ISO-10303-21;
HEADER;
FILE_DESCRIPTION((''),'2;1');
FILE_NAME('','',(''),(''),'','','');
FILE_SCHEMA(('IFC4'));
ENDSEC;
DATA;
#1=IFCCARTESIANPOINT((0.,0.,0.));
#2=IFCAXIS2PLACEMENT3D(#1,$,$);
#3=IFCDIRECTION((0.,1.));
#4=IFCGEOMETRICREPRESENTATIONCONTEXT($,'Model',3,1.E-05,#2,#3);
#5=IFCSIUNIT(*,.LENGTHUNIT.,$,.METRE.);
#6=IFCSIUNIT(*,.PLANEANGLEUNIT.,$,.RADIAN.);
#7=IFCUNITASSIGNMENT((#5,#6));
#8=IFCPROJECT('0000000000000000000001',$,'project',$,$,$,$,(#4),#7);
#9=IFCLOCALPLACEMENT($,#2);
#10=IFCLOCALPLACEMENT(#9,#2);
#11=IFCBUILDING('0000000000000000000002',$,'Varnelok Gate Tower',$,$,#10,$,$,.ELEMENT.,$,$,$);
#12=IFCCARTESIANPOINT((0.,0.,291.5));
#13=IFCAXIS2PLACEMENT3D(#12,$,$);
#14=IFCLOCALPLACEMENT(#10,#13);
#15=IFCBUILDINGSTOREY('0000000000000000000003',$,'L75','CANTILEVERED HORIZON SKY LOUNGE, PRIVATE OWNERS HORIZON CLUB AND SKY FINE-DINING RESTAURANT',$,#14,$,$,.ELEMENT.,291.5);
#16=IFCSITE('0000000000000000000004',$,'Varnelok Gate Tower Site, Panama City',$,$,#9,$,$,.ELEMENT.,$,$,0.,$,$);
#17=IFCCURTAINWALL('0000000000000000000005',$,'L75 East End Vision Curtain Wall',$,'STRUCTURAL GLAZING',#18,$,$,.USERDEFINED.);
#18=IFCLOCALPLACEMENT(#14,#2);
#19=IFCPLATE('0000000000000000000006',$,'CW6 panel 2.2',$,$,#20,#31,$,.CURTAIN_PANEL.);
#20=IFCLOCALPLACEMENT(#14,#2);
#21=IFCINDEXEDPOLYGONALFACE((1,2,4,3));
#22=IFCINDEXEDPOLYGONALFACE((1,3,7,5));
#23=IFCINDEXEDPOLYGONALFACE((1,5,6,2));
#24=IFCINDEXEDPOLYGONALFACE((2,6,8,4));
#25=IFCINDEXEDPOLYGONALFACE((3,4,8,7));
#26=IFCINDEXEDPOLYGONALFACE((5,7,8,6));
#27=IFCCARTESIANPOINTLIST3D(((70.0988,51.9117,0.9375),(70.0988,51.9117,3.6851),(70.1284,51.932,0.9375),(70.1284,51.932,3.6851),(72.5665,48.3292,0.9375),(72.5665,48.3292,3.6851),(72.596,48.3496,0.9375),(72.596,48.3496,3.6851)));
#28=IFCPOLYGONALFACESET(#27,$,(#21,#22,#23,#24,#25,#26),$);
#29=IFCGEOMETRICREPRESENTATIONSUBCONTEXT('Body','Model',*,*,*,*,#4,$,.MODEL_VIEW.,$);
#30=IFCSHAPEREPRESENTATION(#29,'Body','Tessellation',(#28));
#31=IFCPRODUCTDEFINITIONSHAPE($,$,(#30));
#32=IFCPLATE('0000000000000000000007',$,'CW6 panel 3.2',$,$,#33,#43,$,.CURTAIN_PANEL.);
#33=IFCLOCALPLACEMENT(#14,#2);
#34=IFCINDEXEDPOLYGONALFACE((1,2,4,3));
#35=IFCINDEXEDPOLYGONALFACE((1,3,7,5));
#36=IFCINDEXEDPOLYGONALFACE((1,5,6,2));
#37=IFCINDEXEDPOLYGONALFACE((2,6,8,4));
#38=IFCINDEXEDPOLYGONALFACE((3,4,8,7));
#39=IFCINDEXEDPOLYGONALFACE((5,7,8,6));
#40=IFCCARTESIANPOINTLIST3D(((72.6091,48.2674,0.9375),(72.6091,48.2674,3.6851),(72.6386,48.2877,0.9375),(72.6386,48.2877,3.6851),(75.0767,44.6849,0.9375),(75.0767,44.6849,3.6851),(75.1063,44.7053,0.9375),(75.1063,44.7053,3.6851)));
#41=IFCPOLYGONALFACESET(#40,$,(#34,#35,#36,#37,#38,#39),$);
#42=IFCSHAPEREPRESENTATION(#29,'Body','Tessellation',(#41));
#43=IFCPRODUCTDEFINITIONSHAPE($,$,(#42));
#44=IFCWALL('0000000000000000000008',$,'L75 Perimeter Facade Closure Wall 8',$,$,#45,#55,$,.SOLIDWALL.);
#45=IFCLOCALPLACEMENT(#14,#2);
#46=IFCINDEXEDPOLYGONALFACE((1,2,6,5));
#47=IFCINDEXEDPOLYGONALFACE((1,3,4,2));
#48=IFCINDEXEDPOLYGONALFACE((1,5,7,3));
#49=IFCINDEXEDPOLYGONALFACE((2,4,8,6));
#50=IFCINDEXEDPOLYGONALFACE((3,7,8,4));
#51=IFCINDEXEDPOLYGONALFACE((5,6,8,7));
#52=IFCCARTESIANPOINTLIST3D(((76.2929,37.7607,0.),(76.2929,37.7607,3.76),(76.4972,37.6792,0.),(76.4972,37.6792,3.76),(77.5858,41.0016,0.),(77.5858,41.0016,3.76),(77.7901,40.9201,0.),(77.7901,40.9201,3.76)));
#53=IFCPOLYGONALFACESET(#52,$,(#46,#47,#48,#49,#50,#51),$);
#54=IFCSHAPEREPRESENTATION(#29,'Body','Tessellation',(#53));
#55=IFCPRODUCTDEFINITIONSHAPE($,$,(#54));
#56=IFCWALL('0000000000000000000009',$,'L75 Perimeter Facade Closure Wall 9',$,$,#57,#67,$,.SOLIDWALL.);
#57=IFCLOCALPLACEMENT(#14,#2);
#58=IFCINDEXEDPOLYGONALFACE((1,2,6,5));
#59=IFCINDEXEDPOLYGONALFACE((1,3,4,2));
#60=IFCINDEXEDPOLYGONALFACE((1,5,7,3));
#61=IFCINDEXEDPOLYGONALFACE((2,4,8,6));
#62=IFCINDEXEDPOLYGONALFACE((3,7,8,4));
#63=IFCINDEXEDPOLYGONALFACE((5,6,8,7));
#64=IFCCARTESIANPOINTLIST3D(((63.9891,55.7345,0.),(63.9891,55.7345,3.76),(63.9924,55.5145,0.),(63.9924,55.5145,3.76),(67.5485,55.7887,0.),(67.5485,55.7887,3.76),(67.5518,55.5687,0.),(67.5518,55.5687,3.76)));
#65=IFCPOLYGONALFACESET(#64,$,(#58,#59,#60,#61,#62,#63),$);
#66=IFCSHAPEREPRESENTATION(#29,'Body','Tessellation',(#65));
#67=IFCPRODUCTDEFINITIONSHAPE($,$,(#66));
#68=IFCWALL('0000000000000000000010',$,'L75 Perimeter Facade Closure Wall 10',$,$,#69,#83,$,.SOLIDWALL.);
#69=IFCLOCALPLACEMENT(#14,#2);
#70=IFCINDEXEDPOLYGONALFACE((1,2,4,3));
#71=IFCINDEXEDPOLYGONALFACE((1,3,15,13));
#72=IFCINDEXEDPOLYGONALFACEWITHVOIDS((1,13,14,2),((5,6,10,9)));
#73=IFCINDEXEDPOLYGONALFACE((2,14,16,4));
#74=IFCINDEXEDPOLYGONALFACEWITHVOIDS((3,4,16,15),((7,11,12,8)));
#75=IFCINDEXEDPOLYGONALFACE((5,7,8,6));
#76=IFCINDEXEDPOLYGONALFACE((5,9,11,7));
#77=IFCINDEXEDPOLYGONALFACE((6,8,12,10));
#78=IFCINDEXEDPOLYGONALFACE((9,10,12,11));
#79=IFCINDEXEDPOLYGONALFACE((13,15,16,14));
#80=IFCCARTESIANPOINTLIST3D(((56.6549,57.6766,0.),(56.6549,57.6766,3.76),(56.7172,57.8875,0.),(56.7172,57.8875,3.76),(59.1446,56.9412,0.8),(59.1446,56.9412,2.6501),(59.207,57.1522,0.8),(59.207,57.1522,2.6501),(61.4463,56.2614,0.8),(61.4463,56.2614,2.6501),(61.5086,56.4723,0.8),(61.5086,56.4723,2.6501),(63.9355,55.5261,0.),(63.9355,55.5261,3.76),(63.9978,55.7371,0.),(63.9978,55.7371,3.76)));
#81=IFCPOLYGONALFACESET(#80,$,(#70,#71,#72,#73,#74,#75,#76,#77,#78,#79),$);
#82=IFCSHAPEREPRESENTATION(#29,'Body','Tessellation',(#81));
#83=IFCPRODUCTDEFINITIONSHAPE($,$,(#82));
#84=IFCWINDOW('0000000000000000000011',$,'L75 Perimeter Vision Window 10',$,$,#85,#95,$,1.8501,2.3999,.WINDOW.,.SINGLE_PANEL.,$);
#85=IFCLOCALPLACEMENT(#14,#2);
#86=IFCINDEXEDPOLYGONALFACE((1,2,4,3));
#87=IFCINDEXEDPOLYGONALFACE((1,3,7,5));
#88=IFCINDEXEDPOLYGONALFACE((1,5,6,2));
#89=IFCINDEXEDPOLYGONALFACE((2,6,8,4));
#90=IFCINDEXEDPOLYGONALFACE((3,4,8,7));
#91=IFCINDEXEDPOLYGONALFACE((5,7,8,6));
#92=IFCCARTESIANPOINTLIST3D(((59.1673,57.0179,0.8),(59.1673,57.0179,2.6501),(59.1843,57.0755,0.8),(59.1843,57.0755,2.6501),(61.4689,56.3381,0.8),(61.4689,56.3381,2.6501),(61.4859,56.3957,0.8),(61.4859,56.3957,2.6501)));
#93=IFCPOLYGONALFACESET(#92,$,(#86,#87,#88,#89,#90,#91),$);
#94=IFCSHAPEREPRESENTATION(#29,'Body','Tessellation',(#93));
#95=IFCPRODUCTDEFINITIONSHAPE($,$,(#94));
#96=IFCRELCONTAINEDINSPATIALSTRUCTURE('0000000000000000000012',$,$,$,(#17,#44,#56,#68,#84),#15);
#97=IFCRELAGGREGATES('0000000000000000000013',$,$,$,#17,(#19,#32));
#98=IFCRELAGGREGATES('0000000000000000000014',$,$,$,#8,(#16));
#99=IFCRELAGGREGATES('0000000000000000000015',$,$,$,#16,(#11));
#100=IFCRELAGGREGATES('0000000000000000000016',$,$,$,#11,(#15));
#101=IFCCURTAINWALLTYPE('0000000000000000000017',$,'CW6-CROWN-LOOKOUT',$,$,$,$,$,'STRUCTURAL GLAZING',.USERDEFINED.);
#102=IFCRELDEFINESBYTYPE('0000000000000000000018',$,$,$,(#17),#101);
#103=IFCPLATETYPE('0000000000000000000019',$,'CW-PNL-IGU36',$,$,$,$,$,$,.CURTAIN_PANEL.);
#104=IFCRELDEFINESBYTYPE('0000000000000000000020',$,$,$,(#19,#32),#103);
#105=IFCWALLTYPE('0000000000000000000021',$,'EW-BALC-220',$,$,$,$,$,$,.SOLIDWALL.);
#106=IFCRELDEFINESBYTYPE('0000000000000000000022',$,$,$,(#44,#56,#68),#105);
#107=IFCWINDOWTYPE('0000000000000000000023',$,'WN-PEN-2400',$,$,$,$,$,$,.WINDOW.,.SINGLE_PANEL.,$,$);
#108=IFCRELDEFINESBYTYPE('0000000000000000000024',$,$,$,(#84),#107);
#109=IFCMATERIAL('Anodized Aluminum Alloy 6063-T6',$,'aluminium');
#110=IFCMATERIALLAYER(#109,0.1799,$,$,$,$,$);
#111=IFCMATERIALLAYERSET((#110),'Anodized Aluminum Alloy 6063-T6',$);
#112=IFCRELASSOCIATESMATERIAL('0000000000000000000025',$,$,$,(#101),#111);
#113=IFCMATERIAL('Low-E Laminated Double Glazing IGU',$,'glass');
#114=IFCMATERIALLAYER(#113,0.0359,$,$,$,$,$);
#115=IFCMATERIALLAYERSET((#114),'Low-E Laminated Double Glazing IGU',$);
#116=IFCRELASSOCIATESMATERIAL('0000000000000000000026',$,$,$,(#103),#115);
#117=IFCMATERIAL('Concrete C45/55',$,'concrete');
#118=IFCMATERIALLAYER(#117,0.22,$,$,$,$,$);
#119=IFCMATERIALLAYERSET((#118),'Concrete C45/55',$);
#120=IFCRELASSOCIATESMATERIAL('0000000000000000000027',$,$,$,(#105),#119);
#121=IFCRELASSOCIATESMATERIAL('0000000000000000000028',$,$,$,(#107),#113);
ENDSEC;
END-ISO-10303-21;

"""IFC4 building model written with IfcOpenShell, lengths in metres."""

from ifc_helpers import new_model, si_unit, direction, frame, frame_2d, origin, origin_2d, place, context, subcontext, project, spatial, rectangle, extrude, source, transform, mapped, material, layer, layer_set, type_object, element, fill, aggregate, save


model = new_model("IFC4")

# Units and contexts
model_context = context("Model", 3, precision=1e-05, world=origin(), true_north=direction((0.0, 1.0)))
body_context = subcontext(model_context, "Body", "Model", "MODEL_VIEW")
ifc_project = project(units=[si_unit("LENGTHUNIT", "METRE"), si_unit("PLANEANGLEUNIT", "RADIAN")], contexts=[model_context])

# Site, building, storey
site_placement = place(None, origin())
site = spatial("IfcSite", under=ifc_project, at=site_placement, Name="Varnelok Gate Tower Site, Panama City", CompositionType="ELEMENT", RefElevation=0.0)
building_placement = place(site_placement, origin())
building = spatial("IfcBuilding", under=site, at=building_placement, Name="Varnelok Gate Tower", CompositionType="ELEMENT")
storey_placement = place(building_placement, frame((0.0, 0.0, 291.5)))
storey = spatial("IfcBuildingStorey", under=building, at=storey_placement, Name="L75", Description="CANTILEVERED HORIZON SKY LOUNGE, PRIVATE OWNERS HORIZON CLUB AND SKY FINE-DINING RESTAURANT", CompositionType="ELEMENT", Elevation=291.5)

# Curtain wall, plates
ifc_material_1 = material(Name="Anodized Aluminum Alloy 6063-T6", Category="aluminium")
ifc_layer_1 = layer(ifc_material_1, 0.1799)
ifc_layer_set_1 = layer_set([ifc_layer_1], Name="Anodized Aluminum Alloy 6063-T6")
curtain_wall_type = type_object("IfcCurtainWallType", Name="CW6-CROWN-LOOKOUT", ElementType="STRUCTURAL GLAZING", PredefinedType="USERDEFINED", material=ifc_layer_set_1)
curtain_wall_placement = place(storey_placement, origin())
curtain_wall = element("IfcCurtainWall", 1, at=curtain_wall_placement, inside=storey, type_object=curtain_wall_type, Name="L75 East End Vision Curtain Wall", ObjectType="STRUCTURAL GLAZING", PredefinedType="USERDEFINED")
ifc_material_2 = material(Name="Low-E Laminated Double Glazing IGU", Category="glass")
ifc_layer_2 = layer(ifc_material_2, 0.0359)
ifc_layer_set_2 = layer_set([ifc_layer_2], Name="Low-E Laminated Double Glazing IGU")
plate_type = type_object("IfcPlateType", Name="CW-PNL-IGU36", PredefinedType="CURTAIN_PANEL", material=ifc_layer_set_2)
shared_shape_1 = source(origin(), body_context, "Body", "SweptSolid", [
    extrude(rectangle(XDim=4.3501, YDim=0.0359, at=origin_2d()), origin(), (0.0, 0.0, 1.0), 2.7476),
])
plate_1_placement = place(storey_placement, frame((71.3474, 50.1306, 0.9375), z_axis=(0.0, 0.0, 1.0), x_axis=(0.567267, -0.823534, 0.0)))
plate_1 = element("IfcPlate", 2, at=plate_1_placement, type_object=plate_type, Name="CW6 panel 2.2", PredefinedType="CURTAIN_PANEL", context=body_context, shape_type="MappedRepresentation", body=[
    mapped(shared_shape_1, transform((0.0, 0.0, 0.0), scale=1.0)),
])
plate_2_placement = place(storey_placement, frame((73.8577, 46.4863, 0.9375), z_axis=(0.0, 0.0, 1.0), x_axis=(0.567267, -0.823534, 0.0)))
plate_2 = element("IfcPlate", 3, at=plate_2_placement, type_object=plate_type, Name="CW6 panel 3.2", PredefinedType="CURTAIN_PANEL", context=body_context, shape_type="MappedRepresentation", body=[
    mapped(shared_shape_1, transform((0.0, 0.0, 0.0), scale=1.0)),
])
aggregate(curtain_wall, [plate_1, plate_2])

# Walls
ifc_material_3 = material(Name="Concrete C45/55", Category="concrete")
ifc_layer_3 = layer(ifc_material_3, 0.22)
ifc_layer_set_3 = layer_set([ifc_layer_3], Name="Concrete C45/55")
wall_type = type_object("IfcWallType", Name="EW-BALC-220", PredefinedType="SOLIDWALL", material=ifc_layer_set_3)
wall_1_placement = place(storey_placement, frame((76.395, 37.72, 0.0), z_axis=(0.0, 0.0, 1.0), x_axis=(0.370546, 0.928814, 0.0)))
element("IfcWall", 4, at=wall_1_placement, inside=storey, type_object=wall_type, Name="L75 Perimeter Facade Closure Wall 8", PredefinedType="SOLIDWALL", context=body_context, shape_type="SweptSolid", body=[
    extrude(rectangle(XDim=3.4893, YDim=0.22, at=frame_2d((1.7446, 0.0))), origin(), (0.0, 0.0, 1.0), 3.76),
])
wall_2_placement = place(storey_placement, frame((67.55, 55.6787, 0.0), z_axis=(0.0, 0.0, 1.0), x_axis=(-0.999884, -0.015226, 0.0)))
element("IfcWall", 5, at=wall_2_placement, inside=storey, type_object=wall_type, Name="L75 Perimeter Facade Closure Wall 9", PredefinedType="SOLIDWALL", context=body_context, shape_type="SweptSolid", body=[
    extrude(rectangle(XDim=3.5598, YDim=0.22, at=frame_2d((1.7798, 0.0))), origin(), (0.0, 0.0, 1.0), 3.76),
])

# Wall, opening, window
wall_3_placement = place(storey_placement, frame((63.9668, 55.6316, 0.0), z_axis=(0.0, 0.0, 1.0), x_axis=(-0.959042, 0.283265, 0.0)))
wall_3 = element("IfcWall", 6, at=wall_3_placement, inside=storey, type_object=wall_type, Name="L75 Perimeter Facade Closure Wall 10", PredefinedType="SOLIDWALL", context=body_context, shape_type="SweptSolid", body=[
    extrude(rectangle(XDim=7.5916, YDim=0.22, at=frame_2d((3.7959, 0.0))), origin(), (0.0, 0.0, 1.0), 3.76),
])
opening_placement = place(wall_3_placement, frame((2.5957, 0.0, 0.8)))
opening = element("IfcOpeningElement", 7, at=opening_placement, cuts=wall_3, PredefinedType="OPENING", context=body_context, shape_type="SweptSolid", body=[
    extrude(rectangle(XDim=2.3999, YDim=1.8501, at=frame_2d((1.2, 0.925))), frame((0.0, 0.1199, 0.0), z_axis=(0.0, -1.0, 0.0), x_axis=(1.0, 0.0, 0.0)), (0.0, 0.0, 1.0), 0.24),
])
window_type = type_object("IfcWindowType", Name="WN-PEN-2400", PartitioningType="SINGLE_PANEL", PredefinedType="WINDOW", material=ifc_material_2)
window_placement = place(opening_placement, origin())
window = element("IfcWindow", 8, at=window_placement, inside=storey, type_object=window_type, Name="L75 Perimeter Vision Window 10", OverallHeight=1.8501, OverallWidth=2.3999, PartitioningType="SINGLE_PANEL", PredefinedType="WINDOW", context=body_context, shape_type="SweptSolid", body=[
    extrude(rectangle(XDim=2.3999, YDim=1.8501, at=frame_2d((1.2, 0.925))), frame((0.0, 0.03, 0.0), z_axis=(0.0, -1.0, 0.0), x_axis=(1.0, 0.0, 0.0)), (0.0, 0.0, 1.0), 0.0601),
])
fill(opening, window)

save(model, "model.ifc")
